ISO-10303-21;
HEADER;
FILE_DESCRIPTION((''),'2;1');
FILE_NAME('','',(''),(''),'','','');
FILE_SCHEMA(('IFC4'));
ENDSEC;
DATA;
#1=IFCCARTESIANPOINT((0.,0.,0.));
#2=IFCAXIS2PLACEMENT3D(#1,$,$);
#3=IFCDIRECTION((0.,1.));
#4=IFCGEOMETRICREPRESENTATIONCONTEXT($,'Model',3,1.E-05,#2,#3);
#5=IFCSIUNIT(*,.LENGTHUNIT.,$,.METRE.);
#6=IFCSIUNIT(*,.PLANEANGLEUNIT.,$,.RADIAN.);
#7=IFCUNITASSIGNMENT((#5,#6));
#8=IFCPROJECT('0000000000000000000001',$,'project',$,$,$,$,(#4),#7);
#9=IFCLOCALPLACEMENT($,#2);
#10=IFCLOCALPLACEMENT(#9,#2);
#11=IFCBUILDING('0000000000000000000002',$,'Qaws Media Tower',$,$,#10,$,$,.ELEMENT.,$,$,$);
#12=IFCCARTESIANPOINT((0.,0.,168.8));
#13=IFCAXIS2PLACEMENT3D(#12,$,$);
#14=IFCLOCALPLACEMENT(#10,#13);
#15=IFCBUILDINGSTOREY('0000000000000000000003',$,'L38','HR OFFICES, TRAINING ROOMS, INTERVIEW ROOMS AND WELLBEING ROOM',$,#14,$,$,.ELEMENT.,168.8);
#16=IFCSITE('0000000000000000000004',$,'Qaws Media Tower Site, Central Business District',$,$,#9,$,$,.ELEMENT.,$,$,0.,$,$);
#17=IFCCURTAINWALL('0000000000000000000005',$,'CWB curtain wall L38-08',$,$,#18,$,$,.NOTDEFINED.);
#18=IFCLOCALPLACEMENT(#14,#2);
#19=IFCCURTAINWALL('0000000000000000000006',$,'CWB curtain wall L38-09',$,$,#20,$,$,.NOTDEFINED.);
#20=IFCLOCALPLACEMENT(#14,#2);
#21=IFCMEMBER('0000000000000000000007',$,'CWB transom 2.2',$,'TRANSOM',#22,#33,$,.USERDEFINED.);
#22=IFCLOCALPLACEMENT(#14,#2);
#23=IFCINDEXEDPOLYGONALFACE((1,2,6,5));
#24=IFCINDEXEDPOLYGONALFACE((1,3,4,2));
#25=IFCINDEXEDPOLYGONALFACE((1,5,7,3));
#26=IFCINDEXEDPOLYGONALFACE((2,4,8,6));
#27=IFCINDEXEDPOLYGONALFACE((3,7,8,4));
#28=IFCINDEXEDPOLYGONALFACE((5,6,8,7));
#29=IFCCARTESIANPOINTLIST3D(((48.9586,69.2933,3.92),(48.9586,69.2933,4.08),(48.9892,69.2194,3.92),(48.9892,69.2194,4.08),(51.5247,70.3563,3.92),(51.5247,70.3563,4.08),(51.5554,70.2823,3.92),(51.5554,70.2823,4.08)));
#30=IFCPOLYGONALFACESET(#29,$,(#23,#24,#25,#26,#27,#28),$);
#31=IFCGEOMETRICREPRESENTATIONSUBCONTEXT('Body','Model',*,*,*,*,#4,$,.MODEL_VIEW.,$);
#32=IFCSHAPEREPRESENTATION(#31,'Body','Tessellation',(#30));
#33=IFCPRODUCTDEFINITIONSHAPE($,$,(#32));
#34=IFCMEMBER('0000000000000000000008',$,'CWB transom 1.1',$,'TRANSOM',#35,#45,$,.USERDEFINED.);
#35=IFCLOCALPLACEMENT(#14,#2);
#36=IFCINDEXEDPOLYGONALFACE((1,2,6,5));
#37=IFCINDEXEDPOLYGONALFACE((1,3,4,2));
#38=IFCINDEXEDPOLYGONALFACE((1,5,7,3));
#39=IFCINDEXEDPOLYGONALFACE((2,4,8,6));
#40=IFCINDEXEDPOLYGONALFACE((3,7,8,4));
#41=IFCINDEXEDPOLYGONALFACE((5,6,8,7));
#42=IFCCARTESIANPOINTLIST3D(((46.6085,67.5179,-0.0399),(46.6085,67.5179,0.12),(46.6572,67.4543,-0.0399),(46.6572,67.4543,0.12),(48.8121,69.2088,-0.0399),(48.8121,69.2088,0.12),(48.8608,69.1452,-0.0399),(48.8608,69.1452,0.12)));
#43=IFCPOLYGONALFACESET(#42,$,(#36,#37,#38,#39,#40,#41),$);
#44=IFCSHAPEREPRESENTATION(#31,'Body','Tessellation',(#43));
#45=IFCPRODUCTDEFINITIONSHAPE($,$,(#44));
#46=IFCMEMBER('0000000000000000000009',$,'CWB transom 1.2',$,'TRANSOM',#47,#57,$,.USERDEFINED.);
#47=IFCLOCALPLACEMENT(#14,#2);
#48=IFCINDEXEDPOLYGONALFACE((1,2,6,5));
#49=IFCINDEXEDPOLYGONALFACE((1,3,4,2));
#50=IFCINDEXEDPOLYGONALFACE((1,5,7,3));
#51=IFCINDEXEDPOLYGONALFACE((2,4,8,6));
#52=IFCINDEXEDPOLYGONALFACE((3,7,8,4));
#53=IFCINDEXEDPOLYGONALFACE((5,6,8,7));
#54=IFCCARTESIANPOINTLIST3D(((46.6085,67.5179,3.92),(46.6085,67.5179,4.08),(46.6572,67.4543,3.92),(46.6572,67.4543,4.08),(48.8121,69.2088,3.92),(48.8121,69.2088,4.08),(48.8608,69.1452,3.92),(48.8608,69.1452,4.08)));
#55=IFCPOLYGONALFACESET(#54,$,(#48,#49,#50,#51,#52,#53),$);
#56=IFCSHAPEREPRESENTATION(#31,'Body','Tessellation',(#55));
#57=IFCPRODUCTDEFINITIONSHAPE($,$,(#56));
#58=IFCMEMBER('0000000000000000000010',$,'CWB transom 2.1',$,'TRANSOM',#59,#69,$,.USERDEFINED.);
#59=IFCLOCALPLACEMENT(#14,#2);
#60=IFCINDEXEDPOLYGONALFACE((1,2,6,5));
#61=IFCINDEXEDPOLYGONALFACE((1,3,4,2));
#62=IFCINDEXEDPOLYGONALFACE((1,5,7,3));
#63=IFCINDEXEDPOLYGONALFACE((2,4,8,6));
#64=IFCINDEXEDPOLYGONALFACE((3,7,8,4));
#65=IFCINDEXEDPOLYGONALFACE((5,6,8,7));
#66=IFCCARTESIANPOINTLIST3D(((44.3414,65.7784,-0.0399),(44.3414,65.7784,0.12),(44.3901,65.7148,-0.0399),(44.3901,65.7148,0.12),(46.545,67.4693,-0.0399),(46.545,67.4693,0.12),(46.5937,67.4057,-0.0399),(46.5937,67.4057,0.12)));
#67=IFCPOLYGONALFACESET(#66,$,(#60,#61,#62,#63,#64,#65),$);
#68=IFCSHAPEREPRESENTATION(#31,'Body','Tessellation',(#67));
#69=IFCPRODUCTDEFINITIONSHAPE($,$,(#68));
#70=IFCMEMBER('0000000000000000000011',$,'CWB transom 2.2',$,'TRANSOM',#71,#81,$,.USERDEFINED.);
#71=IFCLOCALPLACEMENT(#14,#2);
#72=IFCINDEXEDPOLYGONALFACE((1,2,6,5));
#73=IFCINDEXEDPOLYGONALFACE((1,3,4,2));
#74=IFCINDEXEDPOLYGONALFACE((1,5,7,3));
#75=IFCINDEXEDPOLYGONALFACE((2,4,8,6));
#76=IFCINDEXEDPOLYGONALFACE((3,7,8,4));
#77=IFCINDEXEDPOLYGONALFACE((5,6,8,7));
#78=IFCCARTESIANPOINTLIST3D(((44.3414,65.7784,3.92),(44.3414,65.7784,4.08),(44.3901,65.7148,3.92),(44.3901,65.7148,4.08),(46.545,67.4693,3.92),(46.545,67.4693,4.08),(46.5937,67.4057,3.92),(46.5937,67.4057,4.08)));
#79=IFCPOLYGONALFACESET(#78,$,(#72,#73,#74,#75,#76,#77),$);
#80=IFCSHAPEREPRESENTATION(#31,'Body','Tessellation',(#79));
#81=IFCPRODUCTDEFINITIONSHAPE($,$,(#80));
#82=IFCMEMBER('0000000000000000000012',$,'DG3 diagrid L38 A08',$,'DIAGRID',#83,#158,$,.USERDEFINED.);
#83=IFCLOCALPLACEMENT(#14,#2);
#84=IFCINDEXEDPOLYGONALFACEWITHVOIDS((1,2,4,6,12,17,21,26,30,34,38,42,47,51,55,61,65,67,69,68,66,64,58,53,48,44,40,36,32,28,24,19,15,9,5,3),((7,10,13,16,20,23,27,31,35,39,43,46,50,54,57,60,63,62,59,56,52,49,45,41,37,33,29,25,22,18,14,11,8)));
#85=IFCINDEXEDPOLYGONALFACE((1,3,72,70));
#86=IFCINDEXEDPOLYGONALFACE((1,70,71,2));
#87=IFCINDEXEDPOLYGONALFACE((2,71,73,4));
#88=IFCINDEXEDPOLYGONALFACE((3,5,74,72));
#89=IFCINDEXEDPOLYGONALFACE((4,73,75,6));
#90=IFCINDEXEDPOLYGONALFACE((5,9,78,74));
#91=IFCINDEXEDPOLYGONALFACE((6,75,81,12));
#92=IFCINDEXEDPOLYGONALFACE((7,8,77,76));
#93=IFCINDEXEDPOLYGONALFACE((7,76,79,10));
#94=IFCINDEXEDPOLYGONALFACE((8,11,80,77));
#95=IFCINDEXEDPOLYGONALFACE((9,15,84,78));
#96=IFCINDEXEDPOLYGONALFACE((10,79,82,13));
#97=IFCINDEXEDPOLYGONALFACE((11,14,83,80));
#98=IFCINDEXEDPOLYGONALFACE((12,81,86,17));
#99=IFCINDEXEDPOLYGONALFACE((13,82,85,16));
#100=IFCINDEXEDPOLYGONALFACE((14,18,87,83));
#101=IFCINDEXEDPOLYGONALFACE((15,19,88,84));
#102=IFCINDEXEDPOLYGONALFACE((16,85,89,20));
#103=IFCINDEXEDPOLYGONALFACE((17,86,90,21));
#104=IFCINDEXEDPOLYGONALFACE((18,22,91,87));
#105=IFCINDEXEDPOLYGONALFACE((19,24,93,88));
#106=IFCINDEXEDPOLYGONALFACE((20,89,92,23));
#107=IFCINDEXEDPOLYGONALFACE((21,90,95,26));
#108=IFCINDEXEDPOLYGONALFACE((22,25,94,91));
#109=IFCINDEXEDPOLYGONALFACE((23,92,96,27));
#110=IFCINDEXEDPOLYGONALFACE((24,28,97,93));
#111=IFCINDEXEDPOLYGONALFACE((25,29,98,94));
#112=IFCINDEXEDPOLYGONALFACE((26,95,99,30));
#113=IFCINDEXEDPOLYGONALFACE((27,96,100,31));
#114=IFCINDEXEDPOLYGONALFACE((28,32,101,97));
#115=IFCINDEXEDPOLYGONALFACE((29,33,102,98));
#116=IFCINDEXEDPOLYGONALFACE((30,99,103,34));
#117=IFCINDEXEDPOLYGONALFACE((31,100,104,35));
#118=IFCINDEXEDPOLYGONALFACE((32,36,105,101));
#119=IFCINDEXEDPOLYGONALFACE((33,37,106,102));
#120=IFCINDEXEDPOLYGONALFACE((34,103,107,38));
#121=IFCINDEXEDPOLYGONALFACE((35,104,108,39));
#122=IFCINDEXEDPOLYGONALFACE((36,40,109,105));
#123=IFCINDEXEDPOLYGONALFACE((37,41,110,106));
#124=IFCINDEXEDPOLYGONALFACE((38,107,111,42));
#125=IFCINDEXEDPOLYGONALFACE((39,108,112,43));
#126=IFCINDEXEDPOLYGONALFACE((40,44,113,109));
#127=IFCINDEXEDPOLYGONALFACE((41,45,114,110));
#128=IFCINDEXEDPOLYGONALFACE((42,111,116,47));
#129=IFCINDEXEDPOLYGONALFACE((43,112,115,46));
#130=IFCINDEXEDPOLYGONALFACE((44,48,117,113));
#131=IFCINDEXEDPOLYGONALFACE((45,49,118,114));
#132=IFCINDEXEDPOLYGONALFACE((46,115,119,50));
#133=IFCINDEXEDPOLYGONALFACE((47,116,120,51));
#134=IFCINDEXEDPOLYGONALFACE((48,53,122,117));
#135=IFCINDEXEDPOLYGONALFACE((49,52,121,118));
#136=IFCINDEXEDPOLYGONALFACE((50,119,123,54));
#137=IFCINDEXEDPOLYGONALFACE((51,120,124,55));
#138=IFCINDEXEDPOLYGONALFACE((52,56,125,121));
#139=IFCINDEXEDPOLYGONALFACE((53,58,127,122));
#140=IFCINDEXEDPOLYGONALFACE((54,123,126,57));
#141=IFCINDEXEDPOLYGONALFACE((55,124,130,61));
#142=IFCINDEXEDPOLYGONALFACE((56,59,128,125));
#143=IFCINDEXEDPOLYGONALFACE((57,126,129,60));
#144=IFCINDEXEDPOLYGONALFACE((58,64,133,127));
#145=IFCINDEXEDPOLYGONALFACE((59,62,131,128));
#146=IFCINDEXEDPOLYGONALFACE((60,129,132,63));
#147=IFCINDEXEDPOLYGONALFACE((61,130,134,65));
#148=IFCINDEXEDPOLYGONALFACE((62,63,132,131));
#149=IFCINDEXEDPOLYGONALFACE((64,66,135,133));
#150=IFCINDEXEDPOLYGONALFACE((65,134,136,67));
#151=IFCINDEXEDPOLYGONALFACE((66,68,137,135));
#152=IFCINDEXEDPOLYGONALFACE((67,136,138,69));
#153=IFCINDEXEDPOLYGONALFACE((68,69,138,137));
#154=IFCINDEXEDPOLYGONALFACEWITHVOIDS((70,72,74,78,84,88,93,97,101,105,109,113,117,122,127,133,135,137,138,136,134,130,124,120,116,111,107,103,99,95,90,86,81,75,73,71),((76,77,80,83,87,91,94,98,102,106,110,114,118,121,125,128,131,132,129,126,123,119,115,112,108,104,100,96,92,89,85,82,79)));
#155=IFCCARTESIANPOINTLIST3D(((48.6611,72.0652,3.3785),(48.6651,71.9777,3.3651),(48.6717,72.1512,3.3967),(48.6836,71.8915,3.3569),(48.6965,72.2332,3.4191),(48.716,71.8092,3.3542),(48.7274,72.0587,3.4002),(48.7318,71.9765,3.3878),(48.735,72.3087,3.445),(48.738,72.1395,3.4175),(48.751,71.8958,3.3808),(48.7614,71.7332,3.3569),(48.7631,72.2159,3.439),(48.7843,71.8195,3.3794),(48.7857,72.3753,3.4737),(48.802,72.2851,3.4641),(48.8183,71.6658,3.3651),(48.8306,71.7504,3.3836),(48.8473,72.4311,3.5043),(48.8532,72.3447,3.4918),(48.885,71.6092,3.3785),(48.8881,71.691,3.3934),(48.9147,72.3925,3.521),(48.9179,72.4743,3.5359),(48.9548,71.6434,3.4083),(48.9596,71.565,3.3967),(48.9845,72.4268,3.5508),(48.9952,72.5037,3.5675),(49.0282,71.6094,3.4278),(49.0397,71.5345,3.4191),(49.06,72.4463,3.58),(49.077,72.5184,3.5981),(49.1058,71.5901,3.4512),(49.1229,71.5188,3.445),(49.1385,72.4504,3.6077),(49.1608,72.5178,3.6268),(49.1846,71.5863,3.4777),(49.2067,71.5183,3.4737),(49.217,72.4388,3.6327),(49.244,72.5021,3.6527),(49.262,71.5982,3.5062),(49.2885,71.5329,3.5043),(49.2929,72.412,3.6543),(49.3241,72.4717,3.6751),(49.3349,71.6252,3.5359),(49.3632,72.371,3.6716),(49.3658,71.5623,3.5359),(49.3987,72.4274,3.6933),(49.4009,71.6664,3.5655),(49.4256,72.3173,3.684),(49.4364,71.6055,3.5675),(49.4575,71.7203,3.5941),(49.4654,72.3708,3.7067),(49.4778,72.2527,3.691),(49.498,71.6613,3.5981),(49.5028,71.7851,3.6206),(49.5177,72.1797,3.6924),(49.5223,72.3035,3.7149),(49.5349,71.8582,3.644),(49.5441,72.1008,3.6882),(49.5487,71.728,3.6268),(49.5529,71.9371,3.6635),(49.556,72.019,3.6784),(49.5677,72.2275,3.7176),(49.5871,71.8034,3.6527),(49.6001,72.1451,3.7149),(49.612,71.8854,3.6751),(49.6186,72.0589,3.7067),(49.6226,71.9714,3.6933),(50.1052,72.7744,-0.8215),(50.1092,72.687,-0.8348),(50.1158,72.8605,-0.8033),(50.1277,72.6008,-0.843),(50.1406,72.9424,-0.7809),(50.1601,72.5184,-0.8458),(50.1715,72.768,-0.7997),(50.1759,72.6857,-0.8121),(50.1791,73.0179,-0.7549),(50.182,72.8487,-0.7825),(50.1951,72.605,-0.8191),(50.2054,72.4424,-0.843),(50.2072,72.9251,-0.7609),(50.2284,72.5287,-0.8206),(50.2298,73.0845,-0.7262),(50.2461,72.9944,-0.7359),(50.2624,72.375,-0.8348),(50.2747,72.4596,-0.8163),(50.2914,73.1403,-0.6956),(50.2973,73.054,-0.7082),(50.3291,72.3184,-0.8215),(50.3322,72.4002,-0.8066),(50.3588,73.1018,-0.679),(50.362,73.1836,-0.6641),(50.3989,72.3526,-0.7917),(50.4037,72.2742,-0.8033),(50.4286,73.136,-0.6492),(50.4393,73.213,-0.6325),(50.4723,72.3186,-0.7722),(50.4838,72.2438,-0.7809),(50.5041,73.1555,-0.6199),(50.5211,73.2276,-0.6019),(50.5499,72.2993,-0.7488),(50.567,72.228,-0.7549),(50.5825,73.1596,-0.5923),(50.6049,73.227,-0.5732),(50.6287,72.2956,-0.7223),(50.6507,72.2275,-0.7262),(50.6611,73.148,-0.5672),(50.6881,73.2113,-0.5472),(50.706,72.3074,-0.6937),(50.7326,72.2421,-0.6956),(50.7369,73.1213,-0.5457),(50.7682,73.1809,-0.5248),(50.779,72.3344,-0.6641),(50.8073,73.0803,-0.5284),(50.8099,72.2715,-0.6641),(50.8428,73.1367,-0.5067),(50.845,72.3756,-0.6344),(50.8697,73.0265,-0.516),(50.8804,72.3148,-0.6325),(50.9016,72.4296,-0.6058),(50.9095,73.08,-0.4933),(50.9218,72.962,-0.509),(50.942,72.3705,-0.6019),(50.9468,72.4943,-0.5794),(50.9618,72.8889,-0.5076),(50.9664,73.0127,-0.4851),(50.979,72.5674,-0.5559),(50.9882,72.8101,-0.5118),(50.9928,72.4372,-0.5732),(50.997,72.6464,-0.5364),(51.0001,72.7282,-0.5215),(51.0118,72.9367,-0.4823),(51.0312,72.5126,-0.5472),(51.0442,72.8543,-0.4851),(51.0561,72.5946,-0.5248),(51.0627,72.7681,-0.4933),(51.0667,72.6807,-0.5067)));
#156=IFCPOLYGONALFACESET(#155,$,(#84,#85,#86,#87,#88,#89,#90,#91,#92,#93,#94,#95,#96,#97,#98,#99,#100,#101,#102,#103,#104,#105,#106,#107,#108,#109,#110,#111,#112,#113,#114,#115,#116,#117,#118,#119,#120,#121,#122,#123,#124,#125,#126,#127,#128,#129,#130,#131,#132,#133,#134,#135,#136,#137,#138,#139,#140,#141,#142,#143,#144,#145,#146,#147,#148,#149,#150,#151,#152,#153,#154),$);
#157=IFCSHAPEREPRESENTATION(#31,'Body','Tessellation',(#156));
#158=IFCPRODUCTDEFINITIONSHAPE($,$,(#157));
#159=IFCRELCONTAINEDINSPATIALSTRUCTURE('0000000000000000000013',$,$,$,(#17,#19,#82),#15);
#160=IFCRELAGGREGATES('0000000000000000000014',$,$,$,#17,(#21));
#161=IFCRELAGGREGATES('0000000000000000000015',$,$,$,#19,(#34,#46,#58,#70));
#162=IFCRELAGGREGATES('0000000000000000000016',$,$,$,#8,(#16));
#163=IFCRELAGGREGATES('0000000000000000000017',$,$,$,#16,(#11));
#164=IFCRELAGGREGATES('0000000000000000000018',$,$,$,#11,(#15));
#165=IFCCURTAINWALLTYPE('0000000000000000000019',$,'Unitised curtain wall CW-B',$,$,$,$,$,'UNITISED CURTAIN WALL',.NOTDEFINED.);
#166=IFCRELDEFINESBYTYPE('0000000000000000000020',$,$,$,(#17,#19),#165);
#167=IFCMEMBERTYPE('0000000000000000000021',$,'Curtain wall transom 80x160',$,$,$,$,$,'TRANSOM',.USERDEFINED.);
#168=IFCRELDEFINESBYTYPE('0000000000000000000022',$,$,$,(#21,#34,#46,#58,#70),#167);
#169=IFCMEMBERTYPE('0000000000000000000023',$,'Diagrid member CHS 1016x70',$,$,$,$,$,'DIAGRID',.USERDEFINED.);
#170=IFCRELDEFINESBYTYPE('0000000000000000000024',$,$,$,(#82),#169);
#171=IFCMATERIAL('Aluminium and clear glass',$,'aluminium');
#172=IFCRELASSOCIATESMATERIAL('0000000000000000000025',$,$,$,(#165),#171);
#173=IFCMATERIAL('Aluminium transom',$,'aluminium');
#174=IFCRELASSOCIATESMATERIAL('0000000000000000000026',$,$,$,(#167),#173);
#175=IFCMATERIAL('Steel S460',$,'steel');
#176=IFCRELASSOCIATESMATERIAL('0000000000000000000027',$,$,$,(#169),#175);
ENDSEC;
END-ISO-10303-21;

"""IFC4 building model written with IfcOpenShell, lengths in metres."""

from ifc_helpers import new_model, si_unit, direction, frame, origin, origin_2d, place, context, subcontext, project, spatial, rectangle, hollow_circle, extrude, material, material_profile, profile_set, type_object, element, aggregate, save


model = new_model("IFC4")

# Units and contexts
model_context = context("Model", 3, precision=1e-05, world=origin(), true_north=direction((0.0, 1.0)))
body_context = subcontext(model_context, "Body", "Model", "MODEL_VIEW")
ifc_project = project(units=[si_unit("LENGTHUNIT", "METRE"), si_unit("PLANEANGLEUNIT", "RADIAN")], contexts=[model_context])

# Site, building, storey
site_placement = place(None, origin())
site = spatial("IfcSite", under=ifc_project, at=site_placement, Name="Qaws Media Tower Site, Central Business District", CompositionType="ELEMENT", RefElevation=0.0)
building_placement = place(site_placement, origin())
building = spatial("IfcBuilding", under=site, at=building_placement, Name="Qaws Media Tower", CompositionType="ELEMENT")
storey_placement = place(building_placement, frame((0.0, 0.0, 168.8)))
storey = spatial("IfcBuildingStorey", under=building, at=storey_placement, Name="L38", Description="HR OFFICES, TRAINING ROOMS, INTERVIEW ROOMS AND WELLBEING ROOM", CompositionType="ELEMENT", Elevation=168.8)

# Curtain walls
ifc_material_1 = material(Name="Aluminium and clear glass", Category="aluminium")
curtain_wall_type = type_object("IfcCurtainWallType", Name="Unitised curtain wall CW-B", ElementType="UNITISED CURTAIN WALL", PredefinedType="NOTDEFINED", material=ifc_material_1)
curtain_wall_1_placement = place(storey_placement, origin())
curtain_wall_1 = element("IfcCurtainWall", 1, at=curtain_wall_1_placement, inside=storey, type_object=curtain_wall_type, Name="CWB curtain wall L38-08", PredefinedType="NOTDEFINED")
curtain_wall_2_placement = place(storey_placement, origin())
curtain_wall_2 = element("IfcCurtainWall", 2, at=curtain_wall_2_placement, inside=storey, type_object=curtain_wall_type, Name="CWB curtain wall L38-09", PredefinedType="NOTDEFINED")

# Members
ifc_material_2 = material(Name="Aluminium transom", Category="aluminium")
ifc_material_profile_1 = material_profile(ifc_material_2, rectangle(XDim=0.0801, YDim=0.1599, at=origin_2d()), Name="80x160")
ifc_profile_set_1 = profile_set([ifc_material_profile_1], Name="Aluminium transom")
member_type_1 = type_object("IfcMemberType", Name="Curtain wall transom 80x160", ElementType="TRANSOM", PredefinedType="USERDEFINED", material=ifc_profile_set_1)
member_1_placement = place(storey_placement, frame((51.54, 70.3193, 4.0), z_axis=(-0.923873, -0.382699, 0.0), x_axis=(0.382699, -0.923873, 0.0)))
member_1 = element("IfcMember", 3, at=member_1_placement, type_object=member_type_1, Name="CWB transom 2.2", ObjectType="TRANSOM", PredefinedType="USERDEFINED", context=body_context, shape_type="SweptSolid", body=[
    extrude(rectangle(XDim=0.0801, YDim=0.1599, at=origin_2d()), origin(), (0.0, 0.0, 1.0), 2.7776),
])
member_2_placement = place(storey_placement, frame((48.8364, 69.177, 0.04), z_axis=(-0.793349, -0.608767, 0.0), x_axis=(0.608767, -0.793349, 0.0)))
member_2 = element("IfcMember", 4, at=member_2_placement, type_object=member_type_1, Name="CWB transom 1.1", ObjectType="TRANSOM", PredefinedType="USERDEFINED", context=body_context, shape_type="SweptSolid", body=[
    extrude(rectangle(XDim=0.0801, YDim=0.1599, at=origin_2d()), origin(), (0.0, 0.0, 1.0), 2.7776),
])
member_3_placement = place(storey_placement, frame((48.8364, 69.177, 4.0), z_axis=(-0.793349, -0.608767, 0.0), x_axis=(0.608767, -0.793349, 0.0)))
member_3 = element("IfcMember", 5, at=member_3_placement, type_object=member_type_1, Name="CWB transom 1.2", ObjectType="TRANSOM", PredefinedType="USERDEFINED", context=body_context, shape_type="SweptSolid", body=[
    extrude(rectangle(XDim=0.0801, YDim=0.1599, at=origin_2d()), origin(), (0.0, 0.0, 1.0), 2.7776),
])
member_4_placement = place(storey_placement, frame((46.5693, 67.4375, 0.04), z_axis=(-0.793349, -0.608767, 0.0), x_axis=(0.608767, -0.793349, 0.0)))
member_4 = element("IfcMember", 6, at=member_4_placement, type_object=member_type_1, Name="CWB transom 2.1", ObjectType="TRANSOM", PredefinedType="USERDEFINED", context=body_context, shape_type="SweptSolid", body=[
    extrude(rectangle(XDim=0.0801, YDim=0.1599, at=origin_2d()), origin(), (0.0, 0.0, 1.0), 2.7776),
])
member_5_placement = place(storey_placement, frame((46.5693, 67.4375, 4.0), z_axis=(-0.793349, -0.608767, 0.0), x_axis=(0.608767, -0.793349, 0.0)))
member_5 = element("IfcMember", 7, at=member_5_placement, type_object=member_type_1, Name="CWB transom 2.2", ObjectType="TRANSOM", PredefinedType="USERDEFINED", context=body_context, shape_type="SweptSolid", body=[
    extrude(rectangle(XDim=0.0801, YDim=0.1599, at=origin_2d()), origin(), (0.0, 0.0, 1.0), 2.7776),
])

# Member
ifc_material_3 = material(Name="Steel S460", Category="steel")
ifc_material_profile_2 = material_profile(ifc_material_3, hollow_circle(Radius=0.5081, WallThickness=0.0701, at=origin_2d()), Name="CHS 1016x70")
ifc_profile_set_2 = profile_set([ifc_material_profile_2], Name="Steel S460")
member_type_2 = type_object("IfcMemberType", Name="Diagrid member CHS 1016x70", ElementType="DIAGRID", PredefinedType="USERDEFINED", material=ifc_profile_set_2)
for number, where, z_axis, x_axis, name in (
    (8, (50.5859, 72.7275, -0.6641), (-0.321084, -0.157692, 0.93383), (0.440829, -0.897591, 0.0), "DG3 diagrid L38 A08"),
):
    element("IfcMember", number, at=place(storey_placement, frame(where, z_axis=z_axis, x_axis=x_axis)), inside=storey, type_object=member_type_2, Name=name, ObjectType="DIAGRID", PredefinedType="USERDEFINED", context=body_context, shape_type="SweptSolid", body=[
        extrude(hollow_circle(Radius=0.5081, WallThickness=0.0701, at=origin_2d()), origin(), (0.0, 0.0, 1.0), 4.4976),
    ])

aggregate(curtain_wall_1, [member_1])
aggregate(curtain_wall_2, [member_2, member_3, member_4, member_5])

save(model, "model.ifc")
